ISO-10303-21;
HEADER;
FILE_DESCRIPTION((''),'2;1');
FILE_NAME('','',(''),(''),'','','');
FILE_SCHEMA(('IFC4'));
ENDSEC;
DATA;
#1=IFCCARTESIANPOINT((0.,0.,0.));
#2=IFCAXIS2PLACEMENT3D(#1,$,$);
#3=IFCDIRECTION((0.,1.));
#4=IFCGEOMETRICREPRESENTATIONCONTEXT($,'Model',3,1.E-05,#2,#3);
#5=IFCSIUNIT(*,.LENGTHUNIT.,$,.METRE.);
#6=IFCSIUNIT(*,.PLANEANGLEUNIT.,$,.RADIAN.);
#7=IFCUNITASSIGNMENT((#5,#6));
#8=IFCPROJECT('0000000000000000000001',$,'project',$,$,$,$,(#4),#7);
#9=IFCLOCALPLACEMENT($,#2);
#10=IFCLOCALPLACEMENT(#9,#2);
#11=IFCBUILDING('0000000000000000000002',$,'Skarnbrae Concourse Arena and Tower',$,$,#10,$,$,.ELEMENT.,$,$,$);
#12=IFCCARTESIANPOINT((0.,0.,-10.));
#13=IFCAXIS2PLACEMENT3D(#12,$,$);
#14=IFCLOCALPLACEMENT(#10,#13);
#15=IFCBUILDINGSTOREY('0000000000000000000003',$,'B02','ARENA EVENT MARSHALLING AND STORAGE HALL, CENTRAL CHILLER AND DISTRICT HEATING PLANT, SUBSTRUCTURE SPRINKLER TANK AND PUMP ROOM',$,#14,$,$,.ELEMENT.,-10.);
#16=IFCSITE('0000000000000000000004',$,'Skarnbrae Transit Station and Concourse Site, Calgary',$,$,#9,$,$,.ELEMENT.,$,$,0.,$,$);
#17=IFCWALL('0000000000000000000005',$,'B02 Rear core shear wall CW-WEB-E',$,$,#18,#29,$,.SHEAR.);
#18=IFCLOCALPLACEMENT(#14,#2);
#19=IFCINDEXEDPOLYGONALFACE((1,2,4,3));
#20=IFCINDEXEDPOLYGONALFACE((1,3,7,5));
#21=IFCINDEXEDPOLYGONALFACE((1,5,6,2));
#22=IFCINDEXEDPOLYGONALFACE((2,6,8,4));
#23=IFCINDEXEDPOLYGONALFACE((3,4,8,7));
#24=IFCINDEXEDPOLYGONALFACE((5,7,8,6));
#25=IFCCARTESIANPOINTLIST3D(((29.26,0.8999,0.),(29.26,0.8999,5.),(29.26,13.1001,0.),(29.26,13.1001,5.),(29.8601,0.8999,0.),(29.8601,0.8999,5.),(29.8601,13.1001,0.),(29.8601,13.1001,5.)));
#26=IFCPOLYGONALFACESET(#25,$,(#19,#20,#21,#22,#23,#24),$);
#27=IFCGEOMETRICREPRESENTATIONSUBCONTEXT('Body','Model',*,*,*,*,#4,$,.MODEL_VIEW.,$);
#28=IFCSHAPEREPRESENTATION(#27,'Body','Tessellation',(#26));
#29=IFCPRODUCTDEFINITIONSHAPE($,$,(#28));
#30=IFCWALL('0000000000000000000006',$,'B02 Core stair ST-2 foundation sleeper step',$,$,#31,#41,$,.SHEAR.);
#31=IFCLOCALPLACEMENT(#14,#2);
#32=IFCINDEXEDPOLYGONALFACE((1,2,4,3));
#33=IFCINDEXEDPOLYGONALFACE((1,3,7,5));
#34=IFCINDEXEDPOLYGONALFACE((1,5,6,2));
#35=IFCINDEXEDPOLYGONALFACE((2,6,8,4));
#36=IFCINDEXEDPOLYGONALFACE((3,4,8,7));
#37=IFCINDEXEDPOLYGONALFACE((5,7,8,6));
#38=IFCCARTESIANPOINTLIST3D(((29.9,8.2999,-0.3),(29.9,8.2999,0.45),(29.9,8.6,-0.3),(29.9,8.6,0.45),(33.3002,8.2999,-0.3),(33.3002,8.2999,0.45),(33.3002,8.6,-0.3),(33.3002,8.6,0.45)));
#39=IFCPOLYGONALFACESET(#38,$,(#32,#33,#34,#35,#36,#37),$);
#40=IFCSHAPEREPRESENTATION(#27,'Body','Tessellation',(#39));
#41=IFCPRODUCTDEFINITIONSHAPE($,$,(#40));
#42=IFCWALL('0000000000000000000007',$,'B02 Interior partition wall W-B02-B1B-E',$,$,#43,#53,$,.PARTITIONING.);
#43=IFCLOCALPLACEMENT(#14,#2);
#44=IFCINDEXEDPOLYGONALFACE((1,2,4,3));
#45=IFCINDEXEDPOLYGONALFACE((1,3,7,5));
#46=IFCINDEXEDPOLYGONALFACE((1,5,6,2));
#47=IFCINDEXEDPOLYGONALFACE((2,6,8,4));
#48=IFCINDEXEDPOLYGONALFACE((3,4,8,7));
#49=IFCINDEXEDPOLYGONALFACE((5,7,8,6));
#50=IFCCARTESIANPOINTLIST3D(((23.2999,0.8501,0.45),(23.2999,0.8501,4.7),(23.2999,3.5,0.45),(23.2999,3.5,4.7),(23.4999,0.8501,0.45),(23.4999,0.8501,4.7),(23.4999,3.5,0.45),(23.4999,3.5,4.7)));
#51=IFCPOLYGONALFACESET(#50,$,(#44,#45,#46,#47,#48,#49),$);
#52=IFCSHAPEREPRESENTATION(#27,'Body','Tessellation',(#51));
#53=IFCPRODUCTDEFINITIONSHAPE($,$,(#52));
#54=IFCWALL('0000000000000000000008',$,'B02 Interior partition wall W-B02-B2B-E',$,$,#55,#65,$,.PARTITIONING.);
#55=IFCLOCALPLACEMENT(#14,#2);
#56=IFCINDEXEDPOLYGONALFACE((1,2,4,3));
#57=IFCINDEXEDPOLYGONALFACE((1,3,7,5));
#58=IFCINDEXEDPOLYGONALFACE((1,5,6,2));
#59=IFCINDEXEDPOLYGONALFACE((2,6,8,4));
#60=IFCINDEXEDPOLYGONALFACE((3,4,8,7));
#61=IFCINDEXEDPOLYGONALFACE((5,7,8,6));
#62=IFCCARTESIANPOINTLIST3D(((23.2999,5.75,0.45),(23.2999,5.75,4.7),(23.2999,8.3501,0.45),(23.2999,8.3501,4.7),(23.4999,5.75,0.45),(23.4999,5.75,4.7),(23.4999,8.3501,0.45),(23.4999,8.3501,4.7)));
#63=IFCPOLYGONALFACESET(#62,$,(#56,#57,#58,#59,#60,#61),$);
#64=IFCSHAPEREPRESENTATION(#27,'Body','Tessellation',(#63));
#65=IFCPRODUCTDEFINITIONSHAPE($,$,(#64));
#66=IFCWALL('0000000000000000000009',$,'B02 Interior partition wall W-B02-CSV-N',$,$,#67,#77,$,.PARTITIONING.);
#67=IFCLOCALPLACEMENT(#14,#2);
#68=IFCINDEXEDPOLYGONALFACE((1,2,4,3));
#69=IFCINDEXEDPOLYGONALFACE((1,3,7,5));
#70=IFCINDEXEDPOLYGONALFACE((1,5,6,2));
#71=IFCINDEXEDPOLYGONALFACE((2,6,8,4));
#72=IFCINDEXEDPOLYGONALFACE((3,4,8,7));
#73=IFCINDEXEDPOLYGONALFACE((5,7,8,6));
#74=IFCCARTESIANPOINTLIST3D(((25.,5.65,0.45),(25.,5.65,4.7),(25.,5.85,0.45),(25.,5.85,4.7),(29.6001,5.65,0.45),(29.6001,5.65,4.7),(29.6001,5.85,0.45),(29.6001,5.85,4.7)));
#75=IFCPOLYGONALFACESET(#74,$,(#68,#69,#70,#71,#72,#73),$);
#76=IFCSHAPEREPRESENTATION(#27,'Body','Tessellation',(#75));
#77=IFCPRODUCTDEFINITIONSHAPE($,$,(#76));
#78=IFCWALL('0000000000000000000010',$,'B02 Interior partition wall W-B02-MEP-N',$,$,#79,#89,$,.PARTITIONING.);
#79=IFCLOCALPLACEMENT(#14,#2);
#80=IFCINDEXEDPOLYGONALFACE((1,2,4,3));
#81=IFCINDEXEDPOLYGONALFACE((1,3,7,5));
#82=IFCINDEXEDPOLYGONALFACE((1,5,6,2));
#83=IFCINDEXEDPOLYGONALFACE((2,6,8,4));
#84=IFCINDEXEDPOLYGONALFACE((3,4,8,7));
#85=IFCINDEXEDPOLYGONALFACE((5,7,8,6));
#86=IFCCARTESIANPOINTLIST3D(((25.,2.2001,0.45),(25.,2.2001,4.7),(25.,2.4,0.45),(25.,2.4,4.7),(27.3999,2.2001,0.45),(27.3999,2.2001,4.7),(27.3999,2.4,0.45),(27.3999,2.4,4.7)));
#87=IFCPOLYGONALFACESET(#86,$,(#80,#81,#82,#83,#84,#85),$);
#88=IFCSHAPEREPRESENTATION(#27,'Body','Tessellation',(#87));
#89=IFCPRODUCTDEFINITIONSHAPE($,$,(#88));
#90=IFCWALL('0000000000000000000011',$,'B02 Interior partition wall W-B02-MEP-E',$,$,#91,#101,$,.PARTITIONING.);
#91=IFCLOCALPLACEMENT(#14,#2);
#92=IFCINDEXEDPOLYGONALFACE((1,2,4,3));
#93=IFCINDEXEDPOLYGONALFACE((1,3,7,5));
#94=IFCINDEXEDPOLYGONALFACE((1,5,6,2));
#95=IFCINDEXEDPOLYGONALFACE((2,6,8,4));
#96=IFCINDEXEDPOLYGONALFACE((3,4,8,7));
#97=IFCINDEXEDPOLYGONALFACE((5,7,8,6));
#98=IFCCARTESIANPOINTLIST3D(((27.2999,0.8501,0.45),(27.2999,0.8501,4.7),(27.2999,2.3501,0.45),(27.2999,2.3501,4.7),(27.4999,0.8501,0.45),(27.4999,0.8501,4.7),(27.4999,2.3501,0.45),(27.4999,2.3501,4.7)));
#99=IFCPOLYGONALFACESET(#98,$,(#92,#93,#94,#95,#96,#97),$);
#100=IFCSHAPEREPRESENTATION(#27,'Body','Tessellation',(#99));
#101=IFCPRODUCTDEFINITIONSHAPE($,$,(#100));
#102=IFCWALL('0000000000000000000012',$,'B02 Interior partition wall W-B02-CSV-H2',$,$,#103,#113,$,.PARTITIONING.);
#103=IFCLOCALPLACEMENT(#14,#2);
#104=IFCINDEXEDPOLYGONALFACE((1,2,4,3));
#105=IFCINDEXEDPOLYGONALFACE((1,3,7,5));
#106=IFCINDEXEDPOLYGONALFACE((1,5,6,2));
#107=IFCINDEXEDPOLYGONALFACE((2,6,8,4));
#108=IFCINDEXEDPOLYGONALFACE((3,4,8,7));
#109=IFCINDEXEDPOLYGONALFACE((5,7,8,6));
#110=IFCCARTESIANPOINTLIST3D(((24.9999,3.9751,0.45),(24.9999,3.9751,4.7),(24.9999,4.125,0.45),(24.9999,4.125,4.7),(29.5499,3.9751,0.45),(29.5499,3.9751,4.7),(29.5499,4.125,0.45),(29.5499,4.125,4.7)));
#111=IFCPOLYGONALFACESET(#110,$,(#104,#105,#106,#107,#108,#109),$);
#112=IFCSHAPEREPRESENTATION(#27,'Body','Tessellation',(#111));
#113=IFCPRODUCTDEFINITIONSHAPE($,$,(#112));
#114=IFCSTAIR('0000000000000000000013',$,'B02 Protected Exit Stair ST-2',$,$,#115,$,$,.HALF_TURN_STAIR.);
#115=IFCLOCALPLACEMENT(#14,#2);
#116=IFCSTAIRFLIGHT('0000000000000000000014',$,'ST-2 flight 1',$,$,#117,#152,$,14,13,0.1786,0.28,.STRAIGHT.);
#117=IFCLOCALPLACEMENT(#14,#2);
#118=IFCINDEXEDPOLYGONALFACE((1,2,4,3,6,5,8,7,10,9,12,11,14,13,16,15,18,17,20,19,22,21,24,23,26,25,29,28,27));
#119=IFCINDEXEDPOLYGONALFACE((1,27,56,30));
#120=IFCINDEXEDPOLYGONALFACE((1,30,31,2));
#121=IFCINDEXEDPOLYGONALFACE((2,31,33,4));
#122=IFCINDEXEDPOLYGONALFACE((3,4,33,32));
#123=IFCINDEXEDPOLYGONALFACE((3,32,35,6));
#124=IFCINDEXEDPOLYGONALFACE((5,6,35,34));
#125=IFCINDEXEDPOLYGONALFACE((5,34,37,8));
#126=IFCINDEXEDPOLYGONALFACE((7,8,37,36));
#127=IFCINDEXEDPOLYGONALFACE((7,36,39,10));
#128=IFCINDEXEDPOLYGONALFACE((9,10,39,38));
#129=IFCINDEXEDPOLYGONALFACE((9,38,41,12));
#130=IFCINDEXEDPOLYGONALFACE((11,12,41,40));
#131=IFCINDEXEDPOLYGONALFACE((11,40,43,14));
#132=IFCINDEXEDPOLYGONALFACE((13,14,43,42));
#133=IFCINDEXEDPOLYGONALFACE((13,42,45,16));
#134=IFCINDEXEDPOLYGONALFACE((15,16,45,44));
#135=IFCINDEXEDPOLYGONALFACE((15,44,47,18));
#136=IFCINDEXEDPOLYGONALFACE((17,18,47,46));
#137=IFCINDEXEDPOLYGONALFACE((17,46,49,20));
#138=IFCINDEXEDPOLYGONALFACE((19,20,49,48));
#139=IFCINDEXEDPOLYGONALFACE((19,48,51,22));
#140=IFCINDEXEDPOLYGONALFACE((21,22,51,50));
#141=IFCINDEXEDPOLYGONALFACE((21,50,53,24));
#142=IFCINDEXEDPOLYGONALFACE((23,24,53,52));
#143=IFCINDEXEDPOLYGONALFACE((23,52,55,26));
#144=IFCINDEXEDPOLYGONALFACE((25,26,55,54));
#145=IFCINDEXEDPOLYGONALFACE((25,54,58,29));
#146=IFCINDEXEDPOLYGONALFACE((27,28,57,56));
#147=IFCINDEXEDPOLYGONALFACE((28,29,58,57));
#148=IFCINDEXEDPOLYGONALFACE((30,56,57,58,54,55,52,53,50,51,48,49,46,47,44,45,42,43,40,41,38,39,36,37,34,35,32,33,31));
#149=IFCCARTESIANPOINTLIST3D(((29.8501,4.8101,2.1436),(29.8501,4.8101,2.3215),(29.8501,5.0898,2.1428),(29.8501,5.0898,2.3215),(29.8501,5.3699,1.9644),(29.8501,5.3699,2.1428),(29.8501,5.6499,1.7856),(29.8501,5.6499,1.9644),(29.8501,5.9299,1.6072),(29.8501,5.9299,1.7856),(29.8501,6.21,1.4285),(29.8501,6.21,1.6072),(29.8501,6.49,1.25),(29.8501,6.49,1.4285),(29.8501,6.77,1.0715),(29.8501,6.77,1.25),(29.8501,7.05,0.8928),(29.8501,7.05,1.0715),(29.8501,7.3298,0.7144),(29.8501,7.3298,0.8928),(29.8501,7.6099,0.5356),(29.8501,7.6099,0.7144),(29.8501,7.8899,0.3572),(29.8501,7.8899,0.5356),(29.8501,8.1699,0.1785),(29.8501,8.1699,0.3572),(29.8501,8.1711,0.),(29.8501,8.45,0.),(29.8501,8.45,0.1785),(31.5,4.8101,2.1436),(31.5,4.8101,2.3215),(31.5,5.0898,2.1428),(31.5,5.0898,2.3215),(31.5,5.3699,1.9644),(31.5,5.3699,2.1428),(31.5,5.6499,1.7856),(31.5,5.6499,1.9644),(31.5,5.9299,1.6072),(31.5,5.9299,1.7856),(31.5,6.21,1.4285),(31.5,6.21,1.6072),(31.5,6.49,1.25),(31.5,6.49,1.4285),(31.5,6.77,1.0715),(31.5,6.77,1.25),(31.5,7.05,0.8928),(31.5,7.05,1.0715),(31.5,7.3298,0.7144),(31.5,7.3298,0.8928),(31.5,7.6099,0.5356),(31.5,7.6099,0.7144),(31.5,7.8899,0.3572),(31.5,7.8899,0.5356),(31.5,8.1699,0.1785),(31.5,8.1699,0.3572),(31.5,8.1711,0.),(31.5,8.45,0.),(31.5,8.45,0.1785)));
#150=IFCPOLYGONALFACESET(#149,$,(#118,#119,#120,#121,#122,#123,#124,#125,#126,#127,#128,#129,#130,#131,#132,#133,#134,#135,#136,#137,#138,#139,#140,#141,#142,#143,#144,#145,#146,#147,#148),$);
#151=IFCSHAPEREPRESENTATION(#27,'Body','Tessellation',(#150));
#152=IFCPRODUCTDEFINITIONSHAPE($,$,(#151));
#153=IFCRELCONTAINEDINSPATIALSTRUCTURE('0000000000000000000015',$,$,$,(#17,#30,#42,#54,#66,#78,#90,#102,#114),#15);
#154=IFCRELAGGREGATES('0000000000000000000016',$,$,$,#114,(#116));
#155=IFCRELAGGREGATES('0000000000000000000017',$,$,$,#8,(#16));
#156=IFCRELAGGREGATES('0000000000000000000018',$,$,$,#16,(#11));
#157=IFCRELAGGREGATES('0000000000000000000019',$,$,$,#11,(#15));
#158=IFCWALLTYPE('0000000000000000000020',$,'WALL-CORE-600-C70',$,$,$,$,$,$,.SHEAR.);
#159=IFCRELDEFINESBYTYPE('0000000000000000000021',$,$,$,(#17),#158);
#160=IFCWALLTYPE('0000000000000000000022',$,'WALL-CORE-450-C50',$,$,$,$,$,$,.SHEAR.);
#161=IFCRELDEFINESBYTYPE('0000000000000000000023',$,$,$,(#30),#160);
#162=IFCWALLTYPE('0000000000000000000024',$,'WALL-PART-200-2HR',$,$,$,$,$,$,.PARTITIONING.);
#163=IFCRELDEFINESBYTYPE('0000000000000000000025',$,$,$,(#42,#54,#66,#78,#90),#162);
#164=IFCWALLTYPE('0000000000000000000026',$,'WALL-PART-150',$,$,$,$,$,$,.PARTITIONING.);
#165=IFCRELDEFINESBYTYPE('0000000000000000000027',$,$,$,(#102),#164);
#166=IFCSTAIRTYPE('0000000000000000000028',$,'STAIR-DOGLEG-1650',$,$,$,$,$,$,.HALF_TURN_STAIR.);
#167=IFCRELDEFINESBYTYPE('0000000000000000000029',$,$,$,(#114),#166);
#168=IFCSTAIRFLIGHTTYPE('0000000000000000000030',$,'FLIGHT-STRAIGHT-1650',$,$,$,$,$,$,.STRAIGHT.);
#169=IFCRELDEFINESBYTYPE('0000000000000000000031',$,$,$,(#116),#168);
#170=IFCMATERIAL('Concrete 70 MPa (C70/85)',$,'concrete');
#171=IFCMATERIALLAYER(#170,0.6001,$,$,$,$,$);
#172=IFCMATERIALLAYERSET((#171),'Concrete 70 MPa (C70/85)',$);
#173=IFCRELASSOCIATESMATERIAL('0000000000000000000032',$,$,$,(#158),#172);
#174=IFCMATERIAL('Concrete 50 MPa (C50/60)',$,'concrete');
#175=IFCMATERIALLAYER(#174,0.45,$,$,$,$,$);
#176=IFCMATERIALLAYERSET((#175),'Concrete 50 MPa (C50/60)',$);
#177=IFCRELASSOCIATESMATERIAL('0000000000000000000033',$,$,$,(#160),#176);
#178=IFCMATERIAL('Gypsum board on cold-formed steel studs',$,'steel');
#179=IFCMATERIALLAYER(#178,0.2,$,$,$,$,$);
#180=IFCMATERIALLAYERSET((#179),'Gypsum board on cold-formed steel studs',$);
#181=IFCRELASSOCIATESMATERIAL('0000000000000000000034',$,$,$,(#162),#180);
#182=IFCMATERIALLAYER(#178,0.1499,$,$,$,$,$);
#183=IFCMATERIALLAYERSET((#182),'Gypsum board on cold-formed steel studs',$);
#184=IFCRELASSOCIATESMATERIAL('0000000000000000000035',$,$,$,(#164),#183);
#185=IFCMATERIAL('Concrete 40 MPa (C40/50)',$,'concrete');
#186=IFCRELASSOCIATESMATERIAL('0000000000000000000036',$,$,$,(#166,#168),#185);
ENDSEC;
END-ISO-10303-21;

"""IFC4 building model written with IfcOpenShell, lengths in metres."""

from ifc_helpers import new_model, si_unit, direction, frame, frame_2d, origin, place, context, subcontext, project, spatial, polyline, rectangle, outline, extrude, source, transform, mapped, material, layer, layer_set, type_object, element, aggregate, save


model = new_model("IFC4")

# Units and contexts
model_context = context("Model", 3, precision=1e-05, world=origin(), true_north=direction((0.0, 1.0)))
body_context = subcontext(model_context, "Body", "Model", "MODEL_VIEW")
ifc_project = project(units=[si_unit("LENGTHUNIT", "METRE"), si_unit("PLANEANGLEUNIT", "RADIAN")], contexts=[model_context])

# Site, building, storey
site_placement = place(None, origin())
site = spatial("IfcSite", under=ifc_project, at=site_placement, Name="Skarnbrae Transit Station and Concourse Site, Calgary", CompositionType="ELEMENT", RefElevation=0.0)
building_placement = place(site_placement, origin())
building = spatial("IfcBuilding", under=site, at=building_placement, Name="Skarnbrae Concourse Arena and Tower", CompositionType="ELEMENT")
storey_placement = place(building_placement, frame((0.0, 0.0, -10.0)))
storey = spatial("IfcBuildingStorey", under=building, at=storey_placement, Name="B02", Description="ARENA EVENT MARSHALLING AND STORAGE HALL, CENTRAL CHILLER AND DISTRICT HEATING PLANT, SUBSTRUCTURE SPRINKLER TANK AND PUMP ROOM", CompositionType="ELEMENT", Elevation=-10.0)

# Shared definitions
ifc_material_1 = material(Name="Concrete 50 MPa (C50/60)", Category="concrete")

# Wall
ifc_material_2 = material(Name="Concrete 70 MPa (C70/85)", Category="concrete")
ifc_layer_1 = layer(ifc_material_2, 0.6001)
ifc_layer_set_1 = layer_set([ifc_layer_1], Name="Concrete 70 MPa (C70/85)")
wall_type_1 = type_object("IfcWallType", Name="WALL-CORE-600-C70", PredefinedType="SHEAR", material=ifc_layer_set_1)
shared_shape_1 = source(origin(), body_context, "Body", "SweptSolid", [
    extrude(rectangle(XDim=12.2002, YDim=0.6001, at=frame_2d((6.1001, 0.0))), origin(), (0.0, 0.0, 1.0), 5.0),
])
wall_1_placement = place(storey_placement, frame((29.5601, 0.8999, 0.0), z_axis=(0.0, 0.0, 1.0), x_axis=(0.0, 1.0, 0.0)))
element("IfcWall", 1, at=wall_1_placement, inside=storey, type_object=wall_type_1, Name="B02 Rear core shear wall CW-WEB-E", PredefinedType="SHEAR", context=body_context, shape_type="MappedRepresentation", body=[
    mapped(shared_shape_1, transform((0.0, 0.0, 0.0))),
])

# Shared definitions
ifc_layer_2 = layer(ifc_material_1, 0.45)
ifc_layer_set_2 = layer_set([ifc_layer_2], Name="Concrete 50 MPa (C50/60)")
wall_type_2 = type_object("IfcWallType", Name="WALL-CORE-450-C50", PredefinedType="SHEAR", material=ifc_layer_set_2)

# Walls
shared_shape_2 = source(origin(), body_context, "Body", "SweptSolid", [
    extrude(rectangle(XDim=3.4001, YDim=0.3, at=frame_2d((1.7002, 0.0))), origin(), (0.0, 0.0, 1.0), 0.75),
])
wall_2_placement = place(storey_placement, frame((29.8999, 8.45, -0.3), z_axis=(0.0, 0.0, 1.0), x_axis=(1.0, 0.0, 0.0)))
element("IfcWall", 2, at=wall_2_placement, inside=storey, type_object=wall_type_2, Name="B02 Core stair ST-2 foundation sleeper step", PredefinedType="SHEAR", context=body_context, shape_type="MappedRepresentation", body=[
    mapped(shared_shape_2, transform((0.0, 0.0, 0.0))),
])
ifc_material_3 = material(Name="Gypsum board on cold-formed steel studs", Category="steel")
ifc_layer_3 = layer(ifc_material_3, 0.2)
ifc_layer_set_3 = layer_set([ifc_layer_3], Name="Gypsum board on cold-formed steel studs")
wall_type_3 = type_object("IfcWallType", Name="WALL-PART-200-2HR", PredefinedType="PARTITIONING", material=ifc_layer_set_3)
shared_shape_3 = source(origin(), body_context, "Body", "SweptSolid", [
    extrude(rectangle(XDim=2.6499, YDim=0.2, at=frame_2d((1.325, 0.0))), origin(), (0.0, 0.0, 1.0), 4.25),
])
wall_3_placement = place(storey_placement, frame((23.3999, 0.8501, 0.45), z_axis=(0.0, 0.0, 1.0), x_axis=(0.0, 1.0, 0.0)))
element("IfcWall", 3, at=wall_3_placement, inside=storey, type_object=wall_type_3, Name="B02 Interior partition wall W-B02-B1B-E", PredefinedType="PARTITIONING", context=body_context, shape_type="MappedRepresentation", body=[
    mapped(shared_shape_3, transform((0.0, 0.0, 0.0))),
])
shared_shape_4 = source(origin(), body_context, "Body", "SweptSolid", [
    extrude(rectangle(XDim=2.6001, YDim=0.2, at=frame_2d((1.3, 0.0))), origin(), (0.0, 0.0, 1.0), 4.25),
])
wall_4_placement = place(storey_placement, frame((23.3999, 5.75, 0.45), z_axis=(0.0, 0.0, 1.0), x_axis=(0.0, 1.0, 0.0)))
element("IfcWall", 4, at=wall_4_placement, inside=storey, type_object=wall_type_3, Name="B02 Interior partition wall W-B02-B2B-E", PredefinedType="PARTITIONING", context=body_context, shape_type="MappedRepresentation", body=[
    mapped(shared_shape_4, transform((0.0, 0.0, 0.0))),
])

# Walls
shared_shape_5 = source(origin(), body_context, "Body", "SweptSolid", [
    extrude(rectangle(XDim=4.6001, YDim=0.2, at=frame_2d((2.3, 0.0))), origin(), (0.0, 0.0, 1.0), 4.25),
])
wall_5_placement = place(storey_placement, frame((25.0, 5.75, 0.45), z_axis=(0.0, 0.0, 1.0), x_axis=(1.0, 0.0, 0.0)))
element("IfcWall", 5, at=wall_5_placement, inside=storey, type_object=wall_type_3, Name="B02 Interior partition wall W-B02-CSV-N", PredefinedType="PARTITIONING", context=body_context, shape_type="MappedRepresentation", body=[
    mapped(shared_shape_5, transform((0.0, 0.0, 0.0))),
])
shared_shape_6 = source(origin(), body_context, "Body", "SweptSolid", [
    extrude(rectangle(XDim=2.3999, YDim=0.2, at=frame_2d((1.2, 0.0))), origin(), (0.0, 0.0, 1.0), 4.25),
])
wall_6_placement = place(storey_placement, frame((25.0, 2.3, 0.45), z_axis=(0.0, 0.0, 1.0), x_axis=(1.0, 0.0, 0.0)))
element("IfcWall", 6, at=wall_6_placement, inside=storey, type_object=wall_type_3, Name="B02 Interior partition wall W-B02-MEP-N", PredefinedType="PARTITIONING", context=body_context, shape_type="MappedRepresentation", body=[
    mapped(shared_shape_6, transform((0.0, 0.0, 0.0))),
])
shared_shape_7 = source(origin(), body_context, "Body", "SweptSolid", [
    extrude(rectangle(XDim=1.5, YDim=0.2, at=frame_2d((0.75, 0.0))), origin(), (0.0, 0.0, 1.0), 4.25),
])
wall_7_placement = place(storey_placement, frame((27.3999, 0.8501, 0.45), z_axis=(0.0, 0.0, 1.0), x_axis=(0.0, 1.0, 0.0)))
element("IfcWall", 7, at=wall_7_placement, inside=storey, type_object=wall_type_3, Name="B02 Interior partition wall W-B02-MEP-E", PredefinedType="PARTITIONING", context=body_context, shape_type="MappedRepresentation", body=[
    mapped(shared_shape_7, transform((0.0, 0.0, 0.0))),
])
ifc_layer_4 = layer(ifc_material_3, 0.1499)
ifc_layer_set_4 = layer_set([ifc_layer_4], Name="Gypsum board on cold-formed steel studs")
wall_type_4 = type_object("IfcWallType", Name="WALL-PART-150", PredefinedType="PARTITIONING", material=ifc_layer_set_4)
shared_shape_8 = source(origin(), body_context, "Body", "SweptSolid", [
    extrude(rectangle(XDim=4.55, YDim=0.1499, at=frame_2d((2.2749, 0.0))), origin(), (0.0, 0.0, 1.0), 4.25),
])
wall_8_placement = place(storey_placement, frame((25.0, 4.05, 0.45), z_axis=(0.0, 0.0, 1.0), x_axis=(1.0, 0.0, 0.0)))
element("IfcWall", 8, at=wall_8_placement, inside=storey, type_object=wall_type_4, Name="B02 Interior partition wall W-B02-CSV-H2", PredefinedType="PARTITIONING", context=body_context, shape_type="MappedRepresentation", body=[
    mapped(shared_shape_8, transform((0.0, 0.0, 0.0))),
])

# Stair, stair flight
ifc_material_4 = material(Name="Concrete 40 MPa (C40/50)", Category="concrete")
stair_type = type_object("IfcStairType", Name="STAIR-DOGLEG-1650", PredefinedType="HALF_TURN_STAIR", material=ifc_material_4)
stair_placement = place(storey_placement, origin())
stair = element("IfcStair", 9, at=stair_placement, inside=storey, type_object=stair_type, Name="B02 Protected Exit Stair ST-2", PredefinedType="HALF_TURN_STAIR")
stair_flight_type = type_object("IfcStairFlightType", Name="FLIGHT-STRAIGHT-1650", PredefinedType="STRAIGHT", material=ifc_material_4)
shared_shape_9 = source(origin(), body_context, "Body", "SweptSolid", [
    extrude(outline(polyline([(0.0, 0.0), (0.0, 0.1785), (0.28, 0.1785), (0.28, 0.3572), (0.5601, 0.3572), (0.5601, 0.5356), (0.8401, 0.5356), (0.8401, 0.7144), (1.1201, 0.7144), (1.1201, 0.8928), (1.3999, 0.8928), (1.3999, 1.0715), (1.6799, 1.0715), (1.6799, 1.25), (1.96, 1.25), (1.96, 1.4285), (2.24, 1.4285), (2.24, 1.6072), (2.52, 1.6072), (2.52, 1.7856), (2.8, 1.7856), (2.8, 1.9644), (3.0801, 1.9644), (3.0801, 2.1428), (3.3601, 2.1428), (3.3601, 2.3215), (3.6399, 2.3215), (3.6399, 2.5), (3.6399, 2.1436), (0.2788, 0.0), (0.0, 0.0)])), frame((0.0, 0.825, 0.0), z_axis=(0.0, -1.0, 0.0), x_axis=(1.0, 0.0, 0.0)), (0.0, 0.0, 1.0), 1.6499),
])
stair_flight_1_placement = place(storey_placement, frame((30.675, 8.45, 0.0), z_axis=(0.0, 0.0, 1.0), x_axis=(0.0, -1.0, 0.0)))
stair_flight_1 = element("IfcStairFlight", 10, at=stair_flight_1_placement, type_object=stair_flight_type, Name="ST-2 flight 1", NumberOfRisers=14, NumberOfTreads=13, PredefinedType="STRAIGHT", RiserHeight=0.1786, TreadLength=0.28, context=body_context, shape_type="MappedRepresentation", body=[
    mapped(shared_shape_9, transform((0.0, 0.0, 0.0))),
])
aggregate(stair, [stair_flight_1])

save(model, "model.ifc")
